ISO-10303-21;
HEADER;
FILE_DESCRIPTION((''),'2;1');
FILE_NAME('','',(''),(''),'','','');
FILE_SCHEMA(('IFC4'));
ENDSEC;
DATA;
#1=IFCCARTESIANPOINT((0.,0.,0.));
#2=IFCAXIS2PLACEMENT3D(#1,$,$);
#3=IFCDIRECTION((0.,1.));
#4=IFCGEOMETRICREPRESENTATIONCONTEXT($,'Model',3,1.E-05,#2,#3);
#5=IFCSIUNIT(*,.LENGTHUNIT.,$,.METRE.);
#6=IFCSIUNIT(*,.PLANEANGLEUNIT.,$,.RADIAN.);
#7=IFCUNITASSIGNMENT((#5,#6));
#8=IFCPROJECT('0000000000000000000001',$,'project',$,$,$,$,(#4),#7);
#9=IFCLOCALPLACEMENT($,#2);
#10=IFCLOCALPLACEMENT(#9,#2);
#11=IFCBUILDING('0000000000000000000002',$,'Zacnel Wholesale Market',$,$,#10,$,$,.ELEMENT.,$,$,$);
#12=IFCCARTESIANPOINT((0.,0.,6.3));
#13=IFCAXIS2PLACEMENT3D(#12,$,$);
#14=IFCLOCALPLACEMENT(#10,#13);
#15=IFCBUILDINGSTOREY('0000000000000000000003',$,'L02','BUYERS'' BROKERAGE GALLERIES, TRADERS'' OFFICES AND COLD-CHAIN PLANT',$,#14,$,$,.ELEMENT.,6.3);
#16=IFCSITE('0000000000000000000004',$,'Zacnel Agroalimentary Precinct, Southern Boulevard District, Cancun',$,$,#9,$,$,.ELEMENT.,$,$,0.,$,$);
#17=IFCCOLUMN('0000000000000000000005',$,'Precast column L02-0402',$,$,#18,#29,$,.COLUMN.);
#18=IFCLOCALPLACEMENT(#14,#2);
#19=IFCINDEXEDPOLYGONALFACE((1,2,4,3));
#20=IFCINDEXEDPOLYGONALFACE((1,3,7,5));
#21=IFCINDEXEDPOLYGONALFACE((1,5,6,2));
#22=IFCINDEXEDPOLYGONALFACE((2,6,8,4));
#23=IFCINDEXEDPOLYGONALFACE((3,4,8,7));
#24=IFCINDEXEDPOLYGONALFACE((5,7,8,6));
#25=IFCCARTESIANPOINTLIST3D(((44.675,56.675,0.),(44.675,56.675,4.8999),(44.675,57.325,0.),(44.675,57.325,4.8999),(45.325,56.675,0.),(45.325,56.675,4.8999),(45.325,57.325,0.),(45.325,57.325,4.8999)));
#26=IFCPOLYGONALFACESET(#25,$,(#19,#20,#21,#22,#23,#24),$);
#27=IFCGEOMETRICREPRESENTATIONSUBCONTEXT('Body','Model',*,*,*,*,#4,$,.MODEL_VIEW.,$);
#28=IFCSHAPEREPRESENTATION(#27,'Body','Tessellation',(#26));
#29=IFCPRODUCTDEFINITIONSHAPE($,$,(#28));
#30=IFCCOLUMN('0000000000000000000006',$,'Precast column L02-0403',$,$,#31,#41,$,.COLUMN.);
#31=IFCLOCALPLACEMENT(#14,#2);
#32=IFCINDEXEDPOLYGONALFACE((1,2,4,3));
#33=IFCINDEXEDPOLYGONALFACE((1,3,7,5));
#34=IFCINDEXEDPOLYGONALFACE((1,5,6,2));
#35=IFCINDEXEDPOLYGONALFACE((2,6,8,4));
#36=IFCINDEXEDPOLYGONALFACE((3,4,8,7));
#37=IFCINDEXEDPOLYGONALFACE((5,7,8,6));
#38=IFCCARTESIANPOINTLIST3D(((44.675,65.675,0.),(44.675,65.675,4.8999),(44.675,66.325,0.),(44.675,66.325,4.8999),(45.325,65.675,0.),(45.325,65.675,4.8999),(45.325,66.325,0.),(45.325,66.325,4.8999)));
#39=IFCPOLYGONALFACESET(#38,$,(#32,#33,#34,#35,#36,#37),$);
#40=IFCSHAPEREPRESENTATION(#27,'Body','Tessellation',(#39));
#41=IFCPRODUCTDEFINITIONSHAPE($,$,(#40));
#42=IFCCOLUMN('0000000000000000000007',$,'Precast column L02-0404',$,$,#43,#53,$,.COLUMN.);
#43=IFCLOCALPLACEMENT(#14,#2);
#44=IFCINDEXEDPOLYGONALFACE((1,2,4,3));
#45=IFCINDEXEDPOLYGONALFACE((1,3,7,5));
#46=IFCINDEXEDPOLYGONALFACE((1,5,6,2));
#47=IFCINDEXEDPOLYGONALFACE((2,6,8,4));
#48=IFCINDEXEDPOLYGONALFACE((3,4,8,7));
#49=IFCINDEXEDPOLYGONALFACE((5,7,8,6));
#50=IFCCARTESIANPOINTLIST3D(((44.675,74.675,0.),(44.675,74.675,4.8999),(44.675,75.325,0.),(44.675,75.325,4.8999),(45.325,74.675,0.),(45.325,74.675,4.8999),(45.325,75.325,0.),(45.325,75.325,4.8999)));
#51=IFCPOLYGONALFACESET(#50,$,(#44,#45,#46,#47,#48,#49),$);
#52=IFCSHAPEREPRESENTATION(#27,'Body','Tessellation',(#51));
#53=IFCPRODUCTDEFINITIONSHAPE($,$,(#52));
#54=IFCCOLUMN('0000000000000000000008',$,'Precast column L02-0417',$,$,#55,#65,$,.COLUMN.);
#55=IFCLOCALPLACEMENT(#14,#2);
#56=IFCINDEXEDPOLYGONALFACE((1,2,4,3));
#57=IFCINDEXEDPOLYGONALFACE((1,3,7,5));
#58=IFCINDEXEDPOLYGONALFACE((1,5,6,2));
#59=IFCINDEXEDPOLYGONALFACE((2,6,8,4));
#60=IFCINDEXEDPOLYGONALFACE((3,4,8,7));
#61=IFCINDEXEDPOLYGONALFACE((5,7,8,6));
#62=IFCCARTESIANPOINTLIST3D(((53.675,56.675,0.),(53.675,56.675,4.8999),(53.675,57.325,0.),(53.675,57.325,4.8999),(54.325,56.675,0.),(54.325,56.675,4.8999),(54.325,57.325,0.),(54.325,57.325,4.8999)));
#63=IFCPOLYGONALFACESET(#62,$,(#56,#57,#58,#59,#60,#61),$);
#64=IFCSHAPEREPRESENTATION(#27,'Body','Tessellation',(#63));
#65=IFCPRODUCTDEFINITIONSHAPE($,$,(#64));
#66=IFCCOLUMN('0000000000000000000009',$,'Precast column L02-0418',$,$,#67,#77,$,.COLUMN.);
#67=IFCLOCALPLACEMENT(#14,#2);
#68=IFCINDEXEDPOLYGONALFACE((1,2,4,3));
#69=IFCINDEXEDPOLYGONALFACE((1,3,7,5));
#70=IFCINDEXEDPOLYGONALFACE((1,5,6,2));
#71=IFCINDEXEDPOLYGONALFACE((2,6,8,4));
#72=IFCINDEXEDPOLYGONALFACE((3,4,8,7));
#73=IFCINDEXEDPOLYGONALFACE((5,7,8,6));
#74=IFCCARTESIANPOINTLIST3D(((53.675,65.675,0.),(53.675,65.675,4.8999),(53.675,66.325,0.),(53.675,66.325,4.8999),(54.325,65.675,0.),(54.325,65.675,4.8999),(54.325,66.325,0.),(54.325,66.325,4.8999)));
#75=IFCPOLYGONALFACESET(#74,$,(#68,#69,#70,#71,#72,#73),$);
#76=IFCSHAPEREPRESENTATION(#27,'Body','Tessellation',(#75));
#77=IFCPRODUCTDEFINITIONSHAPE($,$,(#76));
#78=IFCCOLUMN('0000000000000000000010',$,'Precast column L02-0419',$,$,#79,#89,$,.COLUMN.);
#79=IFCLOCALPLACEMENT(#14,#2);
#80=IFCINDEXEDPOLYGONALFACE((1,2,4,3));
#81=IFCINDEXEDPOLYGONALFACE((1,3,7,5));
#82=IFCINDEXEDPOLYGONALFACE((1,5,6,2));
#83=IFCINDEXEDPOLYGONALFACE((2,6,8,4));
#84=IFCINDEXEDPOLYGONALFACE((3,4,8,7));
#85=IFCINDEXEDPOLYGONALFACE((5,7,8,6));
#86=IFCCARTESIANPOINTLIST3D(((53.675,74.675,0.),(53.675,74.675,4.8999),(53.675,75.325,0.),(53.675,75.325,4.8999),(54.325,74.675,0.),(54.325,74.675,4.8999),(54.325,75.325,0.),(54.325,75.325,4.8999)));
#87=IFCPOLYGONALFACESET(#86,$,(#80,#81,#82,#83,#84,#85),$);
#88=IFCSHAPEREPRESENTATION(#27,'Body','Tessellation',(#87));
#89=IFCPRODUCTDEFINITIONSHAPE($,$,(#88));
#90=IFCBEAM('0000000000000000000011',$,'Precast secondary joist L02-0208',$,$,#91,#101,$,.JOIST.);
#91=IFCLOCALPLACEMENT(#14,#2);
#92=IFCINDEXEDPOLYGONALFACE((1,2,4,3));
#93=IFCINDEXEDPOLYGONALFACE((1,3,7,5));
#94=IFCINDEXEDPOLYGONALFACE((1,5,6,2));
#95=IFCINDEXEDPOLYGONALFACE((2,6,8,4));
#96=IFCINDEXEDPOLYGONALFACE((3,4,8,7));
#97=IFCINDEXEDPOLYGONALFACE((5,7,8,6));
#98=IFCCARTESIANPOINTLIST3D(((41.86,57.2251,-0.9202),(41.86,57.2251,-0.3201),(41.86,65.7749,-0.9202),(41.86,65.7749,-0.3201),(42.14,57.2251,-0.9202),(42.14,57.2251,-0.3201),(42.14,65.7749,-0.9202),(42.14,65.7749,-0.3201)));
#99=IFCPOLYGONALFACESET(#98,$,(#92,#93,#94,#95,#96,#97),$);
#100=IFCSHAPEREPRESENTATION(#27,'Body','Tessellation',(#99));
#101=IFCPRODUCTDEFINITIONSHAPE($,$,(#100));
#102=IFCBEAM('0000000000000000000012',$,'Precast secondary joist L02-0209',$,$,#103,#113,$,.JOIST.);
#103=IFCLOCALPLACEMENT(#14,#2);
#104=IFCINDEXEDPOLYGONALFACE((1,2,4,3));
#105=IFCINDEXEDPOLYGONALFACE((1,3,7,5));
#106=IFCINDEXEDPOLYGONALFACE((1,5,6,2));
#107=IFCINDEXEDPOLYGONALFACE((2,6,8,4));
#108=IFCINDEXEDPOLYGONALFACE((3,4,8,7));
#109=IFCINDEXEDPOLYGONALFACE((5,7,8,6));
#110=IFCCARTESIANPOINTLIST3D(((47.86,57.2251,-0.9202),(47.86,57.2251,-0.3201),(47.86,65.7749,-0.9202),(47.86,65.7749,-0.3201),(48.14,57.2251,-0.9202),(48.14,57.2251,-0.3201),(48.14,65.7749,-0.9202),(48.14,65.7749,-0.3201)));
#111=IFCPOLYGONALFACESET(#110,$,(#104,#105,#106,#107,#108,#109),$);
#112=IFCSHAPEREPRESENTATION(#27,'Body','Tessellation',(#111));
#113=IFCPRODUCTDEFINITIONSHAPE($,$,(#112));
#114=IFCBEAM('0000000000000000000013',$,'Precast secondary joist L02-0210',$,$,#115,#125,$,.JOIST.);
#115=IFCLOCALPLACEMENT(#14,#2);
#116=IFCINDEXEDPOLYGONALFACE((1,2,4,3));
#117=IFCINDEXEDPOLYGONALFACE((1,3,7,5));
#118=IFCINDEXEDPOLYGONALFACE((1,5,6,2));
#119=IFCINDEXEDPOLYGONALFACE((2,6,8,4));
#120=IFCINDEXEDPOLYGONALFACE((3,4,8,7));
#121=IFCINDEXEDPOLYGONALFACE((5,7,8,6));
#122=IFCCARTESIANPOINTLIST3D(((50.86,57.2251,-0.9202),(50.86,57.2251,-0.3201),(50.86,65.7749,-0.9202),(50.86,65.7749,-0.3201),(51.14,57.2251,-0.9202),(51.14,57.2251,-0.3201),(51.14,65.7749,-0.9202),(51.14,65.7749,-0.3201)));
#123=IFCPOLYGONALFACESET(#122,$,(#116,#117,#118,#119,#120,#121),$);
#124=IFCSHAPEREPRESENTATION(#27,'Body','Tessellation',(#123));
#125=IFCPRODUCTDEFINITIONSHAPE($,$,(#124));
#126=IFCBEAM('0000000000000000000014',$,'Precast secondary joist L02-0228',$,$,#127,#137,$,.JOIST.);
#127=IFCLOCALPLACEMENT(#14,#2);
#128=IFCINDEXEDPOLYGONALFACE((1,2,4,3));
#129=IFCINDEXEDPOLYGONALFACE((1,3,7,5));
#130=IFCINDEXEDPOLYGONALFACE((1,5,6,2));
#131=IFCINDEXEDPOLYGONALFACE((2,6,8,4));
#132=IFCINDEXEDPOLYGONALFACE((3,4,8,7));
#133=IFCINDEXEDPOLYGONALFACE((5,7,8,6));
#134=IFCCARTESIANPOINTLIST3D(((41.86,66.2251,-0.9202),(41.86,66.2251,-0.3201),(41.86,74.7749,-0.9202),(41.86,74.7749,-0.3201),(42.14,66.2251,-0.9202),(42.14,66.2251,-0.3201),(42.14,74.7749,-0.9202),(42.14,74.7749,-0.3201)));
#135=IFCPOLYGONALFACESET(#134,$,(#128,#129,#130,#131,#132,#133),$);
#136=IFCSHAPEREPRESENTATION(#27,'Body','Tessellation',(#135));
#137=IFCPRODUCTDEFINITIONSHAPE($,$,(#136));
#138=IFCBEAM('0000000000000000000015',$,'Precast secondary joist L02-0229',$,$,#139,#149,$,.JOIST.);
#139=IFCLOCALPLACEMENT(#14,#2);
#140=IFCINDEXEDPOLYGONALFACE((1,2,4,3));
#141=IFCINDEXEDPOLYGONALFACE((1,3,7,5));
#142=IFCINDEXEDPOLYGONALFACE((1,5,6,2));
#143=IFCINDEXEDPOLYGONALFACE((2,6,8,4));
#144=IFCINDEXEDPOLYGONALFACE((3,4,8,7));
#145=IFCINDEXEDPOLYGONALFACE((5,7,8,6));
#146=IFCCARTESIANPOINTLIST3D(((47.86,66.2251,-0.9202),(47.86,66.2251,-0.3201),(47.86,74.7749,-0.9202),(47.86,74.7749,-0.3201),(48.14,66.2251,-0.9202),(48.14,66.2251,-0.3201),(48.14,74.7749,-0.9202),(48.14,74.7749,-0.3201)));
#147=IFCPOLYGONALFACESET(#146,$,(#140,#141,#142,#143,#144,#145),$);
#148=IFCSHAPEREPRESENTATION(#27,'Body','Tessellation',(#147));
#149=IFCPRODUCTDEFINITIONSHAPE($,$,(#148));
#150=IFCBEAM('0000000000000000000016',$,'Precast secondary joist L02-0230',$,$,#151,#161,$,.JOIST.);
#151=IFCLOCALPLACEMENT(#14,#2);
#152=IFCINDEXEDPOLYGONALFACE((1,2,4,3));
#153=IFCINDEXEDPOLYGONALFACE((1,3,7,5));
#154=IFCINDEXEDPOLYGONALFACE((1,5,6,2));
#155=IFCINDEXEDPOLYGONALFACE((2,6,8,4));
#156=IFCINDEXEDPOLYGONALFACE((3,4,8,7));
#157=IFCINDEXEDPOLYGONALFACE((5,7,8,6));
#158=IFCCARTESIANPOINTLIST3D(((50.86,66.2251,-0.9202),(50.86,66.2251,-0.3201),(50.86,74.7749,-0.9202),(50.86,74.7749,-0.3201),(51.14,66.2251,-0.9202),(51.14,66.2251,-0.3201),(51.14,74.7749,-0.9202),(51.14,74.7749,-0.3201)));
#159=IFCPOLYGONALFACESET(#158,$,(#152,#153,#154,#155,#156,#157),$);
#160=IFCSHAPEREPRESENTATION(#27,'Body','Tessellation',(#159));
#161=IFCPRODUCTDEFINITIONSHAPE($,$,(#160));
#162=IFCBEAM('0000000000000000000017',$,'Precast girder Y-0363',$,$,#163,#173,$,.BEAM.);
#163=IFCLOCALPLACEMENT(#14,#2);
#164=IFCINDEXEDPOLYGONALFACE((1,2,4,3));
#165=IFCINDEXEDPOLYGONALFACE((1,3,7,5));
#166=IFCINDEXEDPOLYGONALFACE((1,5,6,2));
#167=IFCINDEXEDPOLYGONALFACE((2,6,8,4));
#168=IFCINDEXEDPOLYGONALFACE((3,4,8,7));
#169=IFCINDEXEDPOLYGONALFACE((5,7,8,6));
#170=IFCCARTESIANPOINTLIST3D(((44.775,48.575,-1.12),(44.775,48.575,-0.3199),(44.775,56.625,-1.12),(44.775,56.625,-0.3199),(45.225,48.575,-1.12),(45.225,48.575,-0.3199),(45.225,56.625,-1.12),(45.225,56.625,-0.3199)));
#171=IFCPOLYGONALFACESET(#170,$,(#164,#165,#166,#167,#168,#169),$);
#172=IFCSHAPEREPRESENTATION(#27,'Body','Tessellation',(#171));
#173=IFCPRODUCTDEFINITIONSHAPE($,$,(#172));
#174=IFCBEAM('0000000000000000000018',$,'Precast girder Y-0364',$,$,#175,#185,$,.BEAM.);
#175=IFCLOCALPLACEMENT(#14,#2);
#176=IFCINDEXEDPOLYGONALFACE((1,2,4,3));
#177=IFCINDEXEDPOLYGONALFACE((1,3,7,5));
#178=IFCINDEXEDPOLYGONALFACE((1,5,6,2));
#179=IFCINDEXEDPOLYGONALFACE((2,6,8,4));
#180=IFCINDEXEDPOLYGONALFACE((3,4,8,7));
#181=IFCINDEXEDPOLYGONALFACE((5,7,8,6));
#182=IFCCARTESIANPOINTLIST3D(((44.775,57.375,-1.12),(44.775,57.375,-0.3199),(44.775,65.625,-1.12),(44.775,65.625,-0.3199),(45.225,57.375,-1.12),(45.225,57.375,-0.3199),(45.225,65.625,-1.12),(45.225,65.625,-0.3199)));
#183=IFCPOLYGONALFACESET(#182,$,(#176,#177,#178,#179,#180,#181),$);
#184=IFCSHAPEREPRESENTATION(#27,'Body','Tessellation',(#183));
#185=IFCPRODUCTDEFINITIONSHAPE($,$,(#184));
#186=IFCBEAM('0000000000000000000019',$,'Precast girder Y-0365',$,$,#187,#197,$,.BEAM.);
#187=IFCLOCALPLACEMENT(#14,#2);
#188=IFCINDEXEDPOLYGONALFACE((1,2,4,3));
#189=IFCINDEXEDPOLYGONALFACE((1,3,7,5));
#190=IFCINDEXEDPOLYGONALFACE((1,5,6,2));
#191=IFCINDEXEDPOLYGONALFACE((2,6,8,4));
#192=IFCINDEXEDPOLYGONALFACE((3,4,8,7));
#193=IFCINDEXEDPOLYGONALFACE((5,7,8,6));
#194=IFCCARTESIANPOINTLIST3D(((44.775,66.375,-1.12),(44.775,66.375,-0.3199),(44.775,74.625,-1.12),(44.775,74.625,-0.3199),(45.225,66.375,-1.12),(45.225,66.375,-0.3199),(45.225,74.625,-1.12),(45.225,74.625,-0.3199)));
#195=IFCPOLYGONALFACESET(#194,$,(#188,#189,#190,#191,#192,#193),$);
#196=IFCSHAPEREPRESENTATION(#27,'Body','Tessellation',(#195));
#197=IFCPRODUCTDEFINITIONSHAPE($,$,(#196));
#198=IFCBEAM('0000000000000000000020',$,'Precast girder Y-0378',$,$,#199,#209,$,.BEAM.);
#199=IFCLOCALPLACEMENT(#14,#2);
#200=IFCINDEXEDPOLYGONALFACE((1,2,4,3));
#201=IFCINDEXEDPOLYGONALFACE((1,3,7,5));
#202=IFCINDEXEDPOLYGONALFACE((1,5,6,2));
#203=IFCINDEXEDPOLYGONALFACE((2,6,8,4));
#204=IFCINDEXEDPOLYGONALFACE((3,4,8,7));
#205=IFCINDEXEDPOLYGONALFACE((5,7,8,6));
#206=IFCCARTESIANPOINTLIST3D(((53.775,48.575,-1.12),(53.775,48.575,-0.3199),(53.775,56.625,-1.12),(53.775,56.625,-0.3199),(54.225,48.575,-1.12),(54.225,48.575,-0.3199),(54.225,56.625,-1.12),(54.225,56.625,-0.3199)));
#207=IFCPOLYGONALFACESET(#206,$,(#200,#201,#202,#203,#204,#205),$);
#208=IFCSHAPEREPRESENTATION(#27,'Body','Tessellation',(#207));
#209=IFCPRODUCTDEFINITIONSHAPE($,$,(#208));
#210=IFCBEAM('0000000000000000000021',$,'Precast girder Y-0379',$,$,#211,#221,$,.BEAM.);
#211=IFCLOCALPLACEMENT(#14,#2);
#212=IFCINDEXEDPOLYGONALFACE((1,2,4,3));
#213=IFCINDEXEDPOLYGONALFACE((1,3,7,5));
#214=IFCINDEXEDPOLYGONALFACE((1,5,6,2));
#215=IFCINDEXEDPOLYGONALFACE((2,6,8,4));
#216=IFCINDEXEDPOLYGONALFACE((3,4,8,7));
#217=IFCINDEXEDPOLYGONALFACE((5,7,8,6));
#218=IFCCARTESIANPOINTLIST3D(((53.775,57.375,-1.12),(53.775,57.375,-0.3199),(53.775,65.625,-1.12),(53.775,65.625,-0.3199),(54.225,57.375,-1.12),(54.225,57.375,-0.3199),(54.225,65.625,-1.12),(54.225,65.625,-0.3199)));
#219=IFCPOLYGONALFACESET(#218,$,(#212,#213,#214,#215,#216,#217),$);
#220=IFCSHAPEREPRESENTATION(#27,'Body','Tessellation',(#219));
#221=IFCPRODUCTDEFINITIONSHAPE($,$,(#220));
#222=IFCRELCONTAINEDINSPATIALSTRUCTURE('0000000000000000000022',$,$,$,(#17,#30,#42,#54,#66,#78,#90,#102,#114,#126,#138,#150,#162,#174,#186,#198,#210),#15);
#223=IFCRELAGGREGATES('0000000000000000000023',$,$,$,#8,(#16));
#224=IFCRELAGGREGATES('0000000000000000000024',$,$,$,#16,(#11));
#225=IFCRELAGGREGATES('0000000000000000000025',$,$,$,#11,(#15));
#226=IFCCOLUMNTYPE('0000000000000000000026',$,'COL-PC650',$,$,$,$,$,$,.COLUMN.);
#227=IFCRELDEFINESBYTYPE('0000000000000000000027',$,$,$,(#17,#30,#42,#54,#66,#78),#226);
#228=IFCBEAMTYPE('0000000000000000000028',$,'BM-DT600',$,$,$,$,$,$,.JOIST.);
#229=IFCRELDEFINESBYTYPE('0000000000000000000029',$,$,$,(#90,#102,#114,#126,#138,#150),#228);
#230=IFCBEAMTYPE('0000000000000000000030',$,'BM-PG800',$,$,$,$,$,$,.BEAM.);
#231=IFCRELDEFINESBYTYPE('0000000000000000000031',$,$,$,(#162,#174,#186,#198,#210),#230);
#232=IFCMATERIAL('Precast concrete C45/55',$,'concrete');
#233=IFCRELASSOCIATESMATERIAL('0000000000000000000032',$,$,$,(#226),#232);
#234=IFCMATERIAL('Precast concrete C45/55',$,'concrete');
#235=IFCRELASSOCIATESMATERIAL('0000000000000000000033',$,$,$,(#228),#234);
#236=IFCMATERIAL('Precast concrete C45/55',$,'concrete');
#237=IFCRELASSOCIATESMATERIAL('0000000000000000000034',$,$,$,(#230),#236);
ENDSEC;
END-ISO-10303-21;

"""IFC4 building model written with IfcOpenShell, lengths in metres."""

from ifc_helpers import new_model, si_unit, direction, frame, origin, origin_2d, place, context, subcontext, project, spatial, rectangle, extrude, material, material_profile, profile_set, type_object, element, save


model = new_model("IFC4")

# Units and contexts
model_context = context("Model", 3, precision=1e-05, world=origin(), true_north=direction((0.0, 1.0)))
body_context = subcontext(model_context, "Body", "Model", "MODEL_VIEW")
ifc_project = project(units=[si_unit("LENGTHUNIT", "METRE"), si_unit("PLANEANGLEUNIT", "RADIAN")], contexts=[model_context])

# Site, building, storey
site_placement = place(None, origin())
site = spatial("IfcSite", under=ifc_project, at=site_placement, Name="Zacnel Agroalimentary Precinct, Southern Boulevard District, Cancun", CompositionType="ELEMENT", RefElevation=0.0)
building_placement = place(site_placement, origin())
building = spatial("IfcBuilding", under=site, at=building_placement, Name="Zacnel Wholesale Market", CompositionType="ELEMENT")
storey_placement = place(building_placement, frame((0.0, 0.0, 6.3)))
storey = spatial("IfcBuildingStorey", under=building, at=storey_placement, Name="L02", Description="BUYERS' BROKERAGE GALLERIES, TRADERS' OFFICES AND COLD-CHAIN PLANT", CompositionType="ELEMENT", Elevation=6.3)

# Columns
ifc_material_1 = material(Name="Precast concrete C45/55", Category="concrete")
ifc_material_profile_1 = material_profile(ifc_material_1, rectangle(XDim=0.6499, YDim=0.6499, at=origin_2d()), Name="PC 650x650")
ifc_profile_set_1 = profile_set([ifc_material_profile_1], Name="Precast concrete C45/55")
column_type = type_object("IfcColumnType", Name="COL-PC650", PredefinedType="COLUMN", material=ifc_profile_set_1)
for number, where, z_axis, x_axis, name in (
    (1, (45.0, 57.0, 0.0), (0.0, 0.0, 1.0), (1.0, 0.0, 0.0), "Precast column L02-0402"),
    (2, (45.0, 66.0, 0.0), (0.0, 0.0, 1.0), (1.0, 0.0, 0.0), "Precast column L02-0403"),
    (3, (45.0, 75.0, 0.0), (0.0, 0.0, 1.0), (1.0, 0.0, 0.0), "Precast column L02-0404"),
    (4, (54.0, 57.0, 0.0), (0.0, 0.0, 1.0), (1.0, 0.0, 0.0), "Precast column L02-0417"),
    (5, (54.0, 66.0, 0.0), (0.0, 0.0, 1.0), (1.0, 0.0, 0.0), "Precast column L02-0418"),
    (6, (54.0, 75.0, 0.0), (0.0, 0.0, 1.0), (1.0, 0.0, 0.0), "Precast column L02-0419"),
):
    element("IfcColumn", number, at=place(storey_placement, frame(where, z_axis=z_axis, x_axis=x_axis)), inside=storey, type_object=column_type, Name=name, PredefinedType="COLUMN", context=body_context, shape_type="SweptSolid", body=[
        extrude(rectangle(XDim=0.6499, YDim=0.6499, at=origin_2d()), origin(), (0.0, 0.0, 1.0), 4.8999),
    ])

# Beams
ifc_material_2 = material(Name="Precast concrete C45/55", Category="concrete")
ifc_material_profile_2 = material_profile(ifc_material_2, rectangle(XDim=0.28, YDim=0.6001, at=origin_2d()), Name="DT RIB 280x600")
ifc_profile_set_2 = profile_set([ifc_material_profile_2], Name="Precast concrete C45/55")
beam_type_1 = type_object("IfcBeamType", Name="BM-DT600", PredefinedType="JOIST", material=ifc_profile_set_2)
for number, where, z_axis, x_axis, name in (
    (7, (42.0, 57.2251, -0.6201), (0.0, 1.0, 0.0), (-1.0, 0.0, 0.0), "Precast secondary joist L02-0208"),
    (8, (48.0, 57.2251, -0.6201), (0.0, 1.0, 0.0), (-1.0, 0.0, 0.0), "Precast secondary joist L02-0209"),
    (9, (51.0, 57.2251, -0.6201), (0.0, 1.0, 0.0), (-1.0, 0.0, 0.0), "Precast secondary joist L02-0210"),
    (10, (42.0, 66.2251, -0.6201), (0.0, 1.0, 0.0), (-1.0, 0.0, 0.0), "Precast secondary joist L02-0228"),
    (11, (48.0, 66.2251, -0.6201), (0.0, 1.0, 0.0), (-1.0, 0.0, 0.0), "Precast secondary joist L02-0229"),
    (12, (51.0, 66.2251, -0.6201), (0.0, 1.0, 0.0), (-1.0, 0.0, 0.0), "Precast secondary joist L02-0230"),
):
    element("IfcBeam", number, at=place(storey_placement, frame(where, z_axis=z_axis, x_axis=x_axis)), inside=storey, type_object=beam_type_1, Name=name, PredefinedType="JOIST", context=body_context, shape_type="SweptSolid", body=[
        extrude(rectangle(XDim=0.28, YDim=0.6001, at=origin_2d()), origin(), (0.0, 0.0, 1.0), 8.5498),
    ])
ifc_material_3 = material(Name="Precast concrete C45/55", Category="concrete")
ifc_material_profile_3 = material_profile(ifc_material_3, rectangle(XDim=0.45, YDim=0.8, at=origin_2d()), Name="PG 450x800")
ifc_profile_set_3 = profile_set([ifc_material_profile_3], Name="Precast concrete C45/55")
beam_type_2 = type_object("IfcBeamType", Name="BM-PG800", PredefinedType="BEAM", material=ifc_profile_set_3)
beam_1_placement = place(storey_placement, frame((45.0, 48.575, -0.72), z_axis=(0.0, 1.0, 0.0), x_axis=(-1.0, 0.0, 0.0)))
element("IfcBeam", 13, at=beam_1_placement, inside=storey, type_object=beam_type_2, Name="Precast girder Y-0363", PredefinedType="BEAM", context=body_context, shape_type="SweptSolid", body=[
    extrude(rectangle(XDim=0.45, YDim=0.8, at=origin_2d()), origin(), (0.0, 0.0, 1.0), 8.05),
])
for number, where, z_axis, x_axis, name in (
    (14, (45.0, 57.375, -0.72), (0.0, 1.0, 0.0), (-1.0, 0.0, 0.0), "Precast girder Y-0364"),
    (15, (45.0, 66.375, -0.72), (0.0, 1.0, 0.0), (-1.0, 0.0, 0.0), "Precast girder Y-0365"),
):
    element("IfcBeam", number, at=place(storey_placement, frame(where, z_axis=z_axis, x_axis=x_axis)), inside=storey, type_object=beam_type_2, Name=name, PredefinedType="BEAM", context=body_context, shape_type="SweptSolid", body=[
        extrude(rectangle(XDim=0.45, YDim=0.8, at=origin_2d()), origin(), (0.0, 0.0, 1.0), 8.25),
    ])
beam_2_placement = place(storey_placement, frame((54.0, 48.575, -0.72), z_axis=(0.0, 1.0, 0.0), x_axis=(-1.0, 0.0, 0.0)))
element("IfcBeam", 16, at=beam_2_placement, inside=storey, type_object=beam_type_2, Name="Precast girder Y-0378", PredefinedType="BEAM", context=body_context, shape_type="SweptSolid", body=[
    extrude(rectangle(XDim=0.45, YDim=0.8, at=origin_2d()), origin(), (0.0, 0.0, 1.0), 8.05),
])
for number, where, z_axis, x_axis, name in (
    (17, (54.0, 57.375, -0.72), (0.0, 1.0, 0.0), (-1.0, 0.0, 0.0), "Precast girder Y-0379"),
):
    element("IfcBeam", number, at=place(storey_placement, frame(where, z_axis=z_axis, x_axis=x_axis)), inside=storey, type_object=beam_type_2, Name=name, PredefinedType="BEAM", context=body_context, shape_type="SweptSolid", body=[
        extrude(rectangle(XDim=0.45, YDim=0.8, at=origin_2d()), origin(), (0.0, 0.0, 1.0), 8.25),
    ])

save(model, "model.ifc")
